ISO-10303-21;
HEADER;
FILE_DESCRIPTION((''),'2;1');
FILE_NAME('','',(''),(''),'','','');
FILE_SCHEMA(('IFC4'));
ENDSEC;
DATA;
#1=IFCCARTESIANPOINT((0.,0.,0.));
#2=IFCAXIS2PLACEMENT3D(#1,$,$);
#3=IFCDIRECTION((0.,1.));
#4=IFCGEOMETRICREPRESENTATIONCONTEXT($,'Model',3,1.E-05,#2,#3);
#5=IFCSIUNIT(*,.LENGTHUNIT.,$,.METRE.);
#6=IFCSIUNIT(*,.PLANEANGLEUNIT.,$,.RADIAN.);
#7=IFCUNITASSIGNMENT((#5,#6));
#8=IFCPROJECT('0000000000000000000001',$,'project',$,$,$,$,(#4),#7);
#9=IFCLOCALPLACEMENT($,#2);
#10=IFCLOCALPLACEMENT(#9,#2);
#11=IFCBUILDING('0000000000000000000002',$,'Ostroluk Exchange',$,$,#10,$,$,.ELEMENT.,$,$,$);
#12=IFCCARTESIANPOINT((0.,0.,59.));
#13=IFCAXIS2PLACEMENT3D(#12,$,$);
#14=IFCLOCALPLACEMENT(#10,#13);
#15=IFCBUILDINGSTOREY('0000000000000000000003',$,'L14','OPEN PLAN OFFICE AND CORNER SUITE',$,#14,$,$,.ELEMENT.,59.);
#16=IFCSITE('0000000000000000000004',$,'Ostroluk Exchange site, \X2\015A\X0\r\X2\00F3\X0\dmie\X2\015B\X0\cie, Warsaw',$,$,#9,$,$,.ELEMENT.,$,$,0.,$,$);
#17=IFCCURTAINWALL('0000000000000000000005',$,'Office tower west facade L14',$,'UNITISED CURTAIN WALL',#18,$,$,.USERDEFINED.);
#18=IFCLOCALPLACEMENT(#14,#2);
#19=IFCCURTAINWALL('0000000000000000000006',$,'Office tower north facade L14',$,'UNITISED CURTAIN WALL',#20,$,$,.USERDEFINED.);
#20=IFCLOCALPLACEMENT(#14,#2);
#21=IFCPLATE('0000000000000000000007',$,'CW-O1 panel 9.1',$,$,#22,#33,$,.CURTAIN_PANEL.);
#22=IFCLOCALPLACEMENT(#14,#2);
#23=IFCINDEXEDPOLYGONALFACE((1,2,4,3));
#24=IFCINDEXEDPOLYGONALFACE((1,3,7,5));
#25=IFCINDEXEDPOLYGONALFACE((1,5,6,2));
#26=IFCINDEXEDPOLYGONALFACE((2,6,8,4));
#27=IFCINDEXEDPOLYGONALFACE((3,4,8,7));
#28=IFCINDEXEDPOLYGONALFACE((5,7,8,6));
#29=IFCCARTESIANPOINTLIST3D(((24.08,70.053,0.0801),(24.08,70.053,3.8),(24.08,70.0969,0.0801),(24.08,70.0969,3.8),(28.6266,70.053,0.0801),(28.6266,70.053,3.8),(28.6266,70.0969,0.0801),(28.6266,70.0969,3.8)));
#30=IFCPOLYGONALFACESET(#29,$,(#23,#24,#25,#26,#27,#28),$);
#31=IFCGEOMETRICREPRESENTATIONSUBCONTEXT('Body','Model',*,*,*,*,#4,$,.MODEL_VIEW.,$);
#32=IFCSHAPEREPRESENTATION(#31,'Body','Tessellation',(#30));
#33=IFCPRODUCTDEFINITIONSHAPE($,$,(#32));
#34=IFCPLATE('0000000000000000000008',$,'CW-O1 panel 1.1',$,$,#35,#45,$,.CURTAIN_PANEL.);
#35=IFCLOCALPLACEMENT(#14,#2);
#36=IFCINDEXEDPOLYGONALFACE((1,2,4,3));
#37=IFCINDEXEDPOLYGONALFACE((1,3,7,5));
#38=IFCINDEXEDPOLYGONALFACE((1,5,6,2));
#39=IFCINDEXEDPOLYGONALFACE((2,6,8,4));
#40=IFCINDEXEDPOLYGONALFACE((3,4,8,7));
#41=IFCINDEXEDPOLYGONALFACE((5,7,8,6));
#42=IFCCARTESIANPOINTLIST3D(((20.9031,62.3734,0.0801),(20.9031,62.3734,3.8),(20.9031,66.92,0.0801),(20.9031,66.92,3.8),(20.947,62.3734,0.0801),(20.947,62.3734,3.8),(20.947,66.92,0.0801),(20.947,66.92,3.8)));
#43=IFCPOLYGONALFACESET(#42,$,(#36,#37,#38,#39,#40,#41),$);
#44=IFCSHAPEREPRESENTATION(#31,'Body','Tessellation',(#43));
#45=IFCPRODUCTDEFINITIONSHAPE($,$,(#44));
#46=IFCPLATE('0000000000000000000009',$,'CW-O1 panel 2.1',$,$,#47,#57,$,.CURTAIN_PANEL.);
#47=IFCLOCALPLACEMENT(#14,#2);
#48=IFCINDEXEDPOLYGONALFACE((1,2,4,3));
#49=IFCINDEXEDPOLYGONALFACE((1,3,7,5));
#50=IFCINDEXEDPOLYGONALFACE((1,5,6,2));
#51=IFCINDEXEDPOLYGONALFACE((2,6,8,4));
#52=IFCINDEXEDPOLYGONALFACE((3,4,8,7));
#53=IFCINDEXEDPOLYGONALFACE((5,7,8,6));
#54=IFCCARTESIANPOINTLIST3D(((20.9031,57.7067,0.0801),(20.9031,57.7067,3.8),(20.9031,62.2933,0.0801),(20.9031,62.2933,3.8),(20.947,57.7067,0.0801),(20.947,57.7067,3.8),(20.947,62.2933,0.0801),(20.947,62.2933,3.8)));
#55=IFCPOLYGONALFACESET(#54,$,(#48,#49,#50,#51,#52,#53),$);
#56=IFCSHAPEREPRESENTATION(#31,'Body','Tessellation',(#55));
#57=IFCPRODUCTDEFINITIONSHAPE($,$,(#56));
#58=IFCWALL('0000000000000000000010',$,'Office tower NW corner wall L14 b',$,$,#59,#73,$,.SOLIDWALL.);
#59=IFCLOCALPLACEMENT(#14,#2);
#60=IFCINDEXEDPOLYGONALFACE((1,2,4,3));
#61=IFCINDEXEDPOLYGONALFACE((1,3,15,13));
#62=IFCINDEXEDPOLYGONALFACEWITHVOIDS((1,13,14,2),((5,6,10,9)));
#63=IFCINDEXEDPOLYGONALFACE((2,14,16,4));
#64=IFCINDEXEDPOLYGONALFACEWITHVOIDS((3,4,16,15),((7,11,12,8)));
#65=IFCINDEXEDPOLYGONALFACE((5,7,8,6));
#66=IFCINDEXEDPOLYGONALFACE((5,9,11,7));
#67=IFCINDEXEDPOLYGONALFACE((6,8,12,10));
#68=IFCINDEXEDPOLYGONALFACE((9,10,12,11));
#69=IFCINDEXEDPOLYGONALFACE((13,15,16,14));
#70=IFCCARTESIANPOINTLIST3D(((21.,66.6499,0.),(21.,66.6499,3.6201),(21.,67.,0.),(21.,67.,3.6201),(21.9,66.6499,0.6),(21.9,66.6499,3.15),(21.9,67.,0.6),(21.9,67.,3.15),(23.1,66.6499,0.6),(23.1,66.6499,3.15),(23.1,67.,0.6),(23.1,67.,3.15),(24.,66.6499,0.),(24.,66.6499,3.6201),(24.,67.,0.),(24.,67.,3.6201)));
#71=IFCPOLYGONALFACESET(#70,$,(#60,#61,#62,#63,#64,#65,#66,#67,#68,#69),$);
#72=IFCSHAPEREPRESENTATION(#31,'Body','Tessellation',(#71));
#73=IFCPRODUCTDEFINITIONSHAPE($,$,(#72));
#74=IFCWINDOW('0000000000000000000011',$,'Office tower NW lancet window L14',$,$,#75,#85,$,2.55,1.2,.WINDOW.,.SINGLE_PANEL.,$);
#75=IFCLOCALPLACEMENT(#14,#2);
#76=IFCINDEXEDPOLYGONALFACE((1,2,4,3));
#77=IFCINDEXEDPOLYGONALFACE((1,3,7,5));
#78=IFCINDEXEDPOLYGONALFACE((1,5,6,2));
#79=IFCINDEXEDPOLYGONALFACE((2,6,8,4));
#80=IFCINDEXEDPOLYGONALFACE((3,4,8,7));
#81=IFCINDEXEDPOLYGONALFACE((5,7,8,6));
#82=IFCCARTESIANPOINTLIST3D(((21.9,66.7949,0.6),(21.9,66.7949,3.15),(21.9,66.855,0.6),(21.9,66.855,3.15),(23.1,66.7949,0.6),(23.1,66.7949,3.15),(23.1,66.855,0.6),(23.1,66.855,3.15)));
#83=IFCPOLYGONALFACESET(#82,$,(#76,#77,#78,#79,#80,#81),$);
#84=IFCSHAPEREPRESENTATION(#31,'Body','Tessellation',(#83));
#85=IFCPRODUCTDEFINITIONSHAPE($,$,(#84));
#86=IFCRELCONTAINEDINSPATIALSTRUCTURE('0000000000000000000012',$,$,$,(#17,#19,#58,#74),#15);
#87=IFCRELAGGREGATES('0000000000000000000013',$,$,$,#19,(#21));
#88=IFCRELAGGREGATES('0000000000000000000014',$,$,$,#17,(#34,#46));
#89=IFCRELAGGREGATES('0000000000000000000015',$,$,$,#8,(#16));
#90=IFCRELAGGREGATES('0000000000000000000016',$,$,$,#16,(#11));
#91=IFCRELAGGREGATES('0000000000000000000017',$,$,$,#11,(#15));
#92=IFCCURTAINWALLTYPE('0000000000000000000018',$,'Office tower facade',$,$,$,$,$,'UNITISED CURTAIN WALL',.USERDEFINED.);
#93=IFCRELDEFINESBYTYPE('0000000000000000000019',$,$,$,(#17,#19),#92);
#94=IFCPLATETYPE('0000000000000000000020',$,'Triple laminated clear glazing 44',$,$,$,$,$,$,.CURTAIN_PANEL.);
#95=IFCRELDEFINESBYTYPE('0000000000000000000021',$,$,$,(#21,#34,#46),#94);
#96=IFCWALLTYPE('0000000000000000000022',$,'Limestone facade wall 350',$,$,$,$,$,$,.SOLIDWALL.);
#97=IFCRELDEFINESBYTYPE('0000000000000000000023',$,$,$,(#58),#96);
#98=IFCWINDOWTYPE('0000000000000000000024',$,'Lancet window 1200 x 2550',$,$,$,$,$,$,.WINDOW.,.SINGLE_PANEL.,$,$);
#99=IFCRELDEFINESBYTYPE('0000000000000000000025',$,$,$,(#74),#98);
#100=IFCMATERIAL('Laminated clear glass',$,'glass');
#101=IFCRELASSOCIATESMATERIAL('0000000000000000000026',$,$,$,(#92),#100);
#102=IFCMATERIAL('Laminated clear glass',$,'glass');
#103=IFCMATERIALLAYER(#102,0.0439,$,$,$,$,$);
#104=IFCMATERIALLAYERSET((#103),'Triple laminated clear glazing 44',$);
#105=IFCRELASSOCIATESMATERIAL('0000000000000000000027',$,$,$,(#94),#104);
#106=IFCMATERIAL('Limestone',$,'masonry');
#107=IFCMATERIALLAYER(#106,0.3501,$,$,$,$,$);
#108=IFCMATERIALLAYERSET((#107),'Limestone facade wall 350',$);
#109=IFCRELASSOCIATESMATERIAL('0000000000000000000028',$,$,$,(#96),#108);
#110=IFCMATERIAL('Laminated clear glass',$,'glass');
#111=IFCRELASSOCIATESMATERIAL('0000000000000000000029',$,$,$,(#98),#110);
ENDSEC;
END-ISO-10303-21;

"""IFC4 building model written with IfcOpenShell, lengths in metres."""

from ifc_helpers import new_model, si_unit, direction, frame, frame_2d, origin, origin_2d, place, context, subcontext, project, spatial, rectangle, extrude, material, layer, layer_set, type_object, element, fill, aggregate, save


model = new_model("IFC4")

# Units and contexts
model_context = context("Model", 3, precision=1e-05, world=origin(), true_north=direction((0.0, 1.0)))
body_context = subcontext(model_context, "Body", "Model", "MODEL_VIEW")
ifc_project = project(units=[si_unit("LENGTHUNIT", "METRE"), si_unit("PLANEANGLEUNIT", "RADIAN")], contexts=[model_context])

# Site, building, storey
site_placement = place(None, origin())
site = spatial("IfcSite", under=ifc_project, at=site_placement, Name="Ostroluk Exchange site, Śródmieście, Warsaw", CompositionType="ELEMENT", RefElevation=0.0)
building_placement = place(site_placement, origin())
building = spatial("IfcBuilding", under=site, at=building_placement, Name="Ostroluk Exchange", CompositionType="ELEMENT")
storey_placement = place(building_placement, frame((0.0, 0.0, 59.0)))
storey = spatial("IfcBuildingStorey", under=building, at=storey_placement, Name="L14", Description="OPEN PLAN OFFICE AND CORNER SUITE", CompositionType="ELEMENT", Elevation=59.0)

# Curtain wall
ifc_material_1 = material(Name="Laminated clear glass", Category="glass")
curtain_wall_type = type_object("IfcCurtainWallType", Name="Office tower facade", ElementType="UNITISED CURTAIN WALL", PredefinedType="USERDEFINED", material=ifc_material_1)
curtain_wall_1_placement = place(storey_placement, origin())
curtain_wall_1 = element("IfcCurtainWall", 1, at=curtain_wall_1_placement, inside=storey, type_object=curtain_wall_type, Name="Office tower west facade L14", ObjectType="UNITISED CURTAIN WALL", PredefinedType="USERDEFINED")

# Curtain wall
curtain_wall_2_placement = place(storey_placement, origin())
curtain_wall_2 = element("IfcCurtainWall", 2, at=curtain_wall_2_placement, inside=storey, type_object=curtain_wall_type, Name="Office tower north facade L14", ObjectType="UNITISED CURTAIN WALL", PredefinedType="USERDEFINED")

# Plates
ifc_material_2 = material(Name="Laminated clear glass", Category="glass")
ifc_layer_1 = layer(ifc_material_2, 0.0439)
ifc_layer_set_1 = layer_set([ifc_layer_1], Name="Triple laminated clear glazing 44")
plate_type_1 = type_object("IfcPlateType", Name="Triple laminated clear glazing 44", PredefinedType="CURTAIN_PANEL", material=ifc_layer_set_1)
plate_1_placement = place(storey_placement, frame((26.3533, 70.075, 0.0801), z_axis=(0.0, 0.0, 1.0), x_axis=(-1.0, 0.0, 0.0)))
plate_1 = element("IfcPlate", 3, at=plate_1_placement, type_object=plate_type_1, Name="CW-O1 panel 9.1", PredefinedType="CURTAIN_PANEL", context=body_context, shape_type="SweptSolid", body=[
    extrude(rectangle(XDim=4.5466, YDim=0.0439, at=origin_2d()), origin(), (0.0, 0.0, 1.0), 3.72),
])
aggregate(curtain_wall_2, [plate_1])
plate_2_placement = place(storey_placement, frame((20.925, 64.6467, 0.0801), z_axis=(0.0, 0.0, 1.0), x_axis=(0.0, -1.0, 0.0)))
plate_2 = element("IfcPlate", 4, at=plate_2_placement, type_object=plate_type_1, Name="CW-O1 panel 1.1", PredefinedType="CURTAIN_PANEL", context=body_context, shape_type="SweptSolid", body=[
    extrude(rectangle(XDim=4.5466, YDim=0.0439, at=origin_2d()), origin(), (0.0, 0.0, 1.0), 3.72),
])
plate_3_placement = place(storey_placement, frame((20.925, 60.0, 0.0801), z_axis=(0.0, 0.0, 1.0), x_axis=(0.0, -1.0, 0.0)))
plate_3 = element("IfcPlate", 5, at=plate_3_placement, type_object=plate_type_1, Name="CW-O1 panel 2.1", PredefinedType="CURTAIN_PANEL", context=body_context, shape_type="SweptSolid", body=[
    extrude(rectangle(XDim=4.5867, YDim=0.0439, at=origin_2d()), origin(), (0.0, 0.0, 1.0), 3.72),
])
aggregate(curtain_wall_1, [plate_2, plate_3])

# Shared definitions
ifc_material_3 = material(Name="Limestone", Category="masonry")
ifc_layer_2 = layer(ifc_material_3, 0.3501)
ifc_layer_set_2 = layer_set([ifc_layer_2], Name="Limestone facade wall 350")
wall_type = type_object("IfcWallType", Name="Limestone facade wall 350", PredefinedType="SOLIDWALL", material=ifc_layer_set_2)

# Wall, opening, window
wall_1_placement = place(storey_placement, frame((24.0, 66.825, 0.0), z_axis=(0.0, 0.0, 1.0), x_axis=(-1.0, 0.0, 0.0)))
wall_1 = element("IfcWall", 6, at=wall_1_placement, inside=storey, type_object=wall_type, Name="Office tower NW corner wall L14 b", PredefinedType="SOLIDWALL", context=body_context, shape_type="SweptSolid", body=[
    extrude(rectangle(XDim=3.0, YDim=0.3501, at=frame_2d((1.5, 0.0))), origin(), (0.0, 0.0, 1.0), 3.6201),
])
opening_1_placement = place(wall_1_placement, frame((0.8999, 0.0, 0.6001)))
opening_1 = element("IfcOpeningElement", 7, at=opening_1_placement, cuts=wall_1, PredefinedType="OPENING", context=body_context, shape_type="SweptSolid", body=[
    extrude(rectangle(XDim=1.2, YDim=2.55, at=frame_2d((0.6001, 1.2749))), frame((0.0, 0.1851, 0.0), z_axis=(0.0, -1.0, 0.0), x_axis=(1.0, 0.0, 0.0)), (0.0, 0.0, 1.0), 0.3701),
])
ifc_material_4 = material(Name="Laminated clear glass", Category="glass")
window_type = type_object("IfcWindowType", Name="Lancet window 1200 x 2550", PartitioningType="SINGLE_PANEL", PredefinedType="WINDOW", material=ifc_material_4)
window_placement = place(opening_1_placement, origin())
window = element("IfcWindow", 8, at=window_placement, inside=storey, type_object=window_type, Name="Office tower NW lancet window L14", OverallHeight=2.55, OverallWidth=1.2, PartitioningType="SINGLE_PANEL", PredefinedType="WINDOW", context=body_context, shape_type="SweptSolid", body=[
    extrude(rectangle(XDim=1.2, YDim=2.55, at=frame_2d((0.6001, 1.2749))), frame((0.0, 0.03, 0.0), z_axis=(0.0, -1.0, 0.0), x_axis=(1.0, 0.0, 0.0)), (0.0, 0.0, 1.0), 0.0601),
])
fill(opening_1, window)

save(model, "model.ifc")
